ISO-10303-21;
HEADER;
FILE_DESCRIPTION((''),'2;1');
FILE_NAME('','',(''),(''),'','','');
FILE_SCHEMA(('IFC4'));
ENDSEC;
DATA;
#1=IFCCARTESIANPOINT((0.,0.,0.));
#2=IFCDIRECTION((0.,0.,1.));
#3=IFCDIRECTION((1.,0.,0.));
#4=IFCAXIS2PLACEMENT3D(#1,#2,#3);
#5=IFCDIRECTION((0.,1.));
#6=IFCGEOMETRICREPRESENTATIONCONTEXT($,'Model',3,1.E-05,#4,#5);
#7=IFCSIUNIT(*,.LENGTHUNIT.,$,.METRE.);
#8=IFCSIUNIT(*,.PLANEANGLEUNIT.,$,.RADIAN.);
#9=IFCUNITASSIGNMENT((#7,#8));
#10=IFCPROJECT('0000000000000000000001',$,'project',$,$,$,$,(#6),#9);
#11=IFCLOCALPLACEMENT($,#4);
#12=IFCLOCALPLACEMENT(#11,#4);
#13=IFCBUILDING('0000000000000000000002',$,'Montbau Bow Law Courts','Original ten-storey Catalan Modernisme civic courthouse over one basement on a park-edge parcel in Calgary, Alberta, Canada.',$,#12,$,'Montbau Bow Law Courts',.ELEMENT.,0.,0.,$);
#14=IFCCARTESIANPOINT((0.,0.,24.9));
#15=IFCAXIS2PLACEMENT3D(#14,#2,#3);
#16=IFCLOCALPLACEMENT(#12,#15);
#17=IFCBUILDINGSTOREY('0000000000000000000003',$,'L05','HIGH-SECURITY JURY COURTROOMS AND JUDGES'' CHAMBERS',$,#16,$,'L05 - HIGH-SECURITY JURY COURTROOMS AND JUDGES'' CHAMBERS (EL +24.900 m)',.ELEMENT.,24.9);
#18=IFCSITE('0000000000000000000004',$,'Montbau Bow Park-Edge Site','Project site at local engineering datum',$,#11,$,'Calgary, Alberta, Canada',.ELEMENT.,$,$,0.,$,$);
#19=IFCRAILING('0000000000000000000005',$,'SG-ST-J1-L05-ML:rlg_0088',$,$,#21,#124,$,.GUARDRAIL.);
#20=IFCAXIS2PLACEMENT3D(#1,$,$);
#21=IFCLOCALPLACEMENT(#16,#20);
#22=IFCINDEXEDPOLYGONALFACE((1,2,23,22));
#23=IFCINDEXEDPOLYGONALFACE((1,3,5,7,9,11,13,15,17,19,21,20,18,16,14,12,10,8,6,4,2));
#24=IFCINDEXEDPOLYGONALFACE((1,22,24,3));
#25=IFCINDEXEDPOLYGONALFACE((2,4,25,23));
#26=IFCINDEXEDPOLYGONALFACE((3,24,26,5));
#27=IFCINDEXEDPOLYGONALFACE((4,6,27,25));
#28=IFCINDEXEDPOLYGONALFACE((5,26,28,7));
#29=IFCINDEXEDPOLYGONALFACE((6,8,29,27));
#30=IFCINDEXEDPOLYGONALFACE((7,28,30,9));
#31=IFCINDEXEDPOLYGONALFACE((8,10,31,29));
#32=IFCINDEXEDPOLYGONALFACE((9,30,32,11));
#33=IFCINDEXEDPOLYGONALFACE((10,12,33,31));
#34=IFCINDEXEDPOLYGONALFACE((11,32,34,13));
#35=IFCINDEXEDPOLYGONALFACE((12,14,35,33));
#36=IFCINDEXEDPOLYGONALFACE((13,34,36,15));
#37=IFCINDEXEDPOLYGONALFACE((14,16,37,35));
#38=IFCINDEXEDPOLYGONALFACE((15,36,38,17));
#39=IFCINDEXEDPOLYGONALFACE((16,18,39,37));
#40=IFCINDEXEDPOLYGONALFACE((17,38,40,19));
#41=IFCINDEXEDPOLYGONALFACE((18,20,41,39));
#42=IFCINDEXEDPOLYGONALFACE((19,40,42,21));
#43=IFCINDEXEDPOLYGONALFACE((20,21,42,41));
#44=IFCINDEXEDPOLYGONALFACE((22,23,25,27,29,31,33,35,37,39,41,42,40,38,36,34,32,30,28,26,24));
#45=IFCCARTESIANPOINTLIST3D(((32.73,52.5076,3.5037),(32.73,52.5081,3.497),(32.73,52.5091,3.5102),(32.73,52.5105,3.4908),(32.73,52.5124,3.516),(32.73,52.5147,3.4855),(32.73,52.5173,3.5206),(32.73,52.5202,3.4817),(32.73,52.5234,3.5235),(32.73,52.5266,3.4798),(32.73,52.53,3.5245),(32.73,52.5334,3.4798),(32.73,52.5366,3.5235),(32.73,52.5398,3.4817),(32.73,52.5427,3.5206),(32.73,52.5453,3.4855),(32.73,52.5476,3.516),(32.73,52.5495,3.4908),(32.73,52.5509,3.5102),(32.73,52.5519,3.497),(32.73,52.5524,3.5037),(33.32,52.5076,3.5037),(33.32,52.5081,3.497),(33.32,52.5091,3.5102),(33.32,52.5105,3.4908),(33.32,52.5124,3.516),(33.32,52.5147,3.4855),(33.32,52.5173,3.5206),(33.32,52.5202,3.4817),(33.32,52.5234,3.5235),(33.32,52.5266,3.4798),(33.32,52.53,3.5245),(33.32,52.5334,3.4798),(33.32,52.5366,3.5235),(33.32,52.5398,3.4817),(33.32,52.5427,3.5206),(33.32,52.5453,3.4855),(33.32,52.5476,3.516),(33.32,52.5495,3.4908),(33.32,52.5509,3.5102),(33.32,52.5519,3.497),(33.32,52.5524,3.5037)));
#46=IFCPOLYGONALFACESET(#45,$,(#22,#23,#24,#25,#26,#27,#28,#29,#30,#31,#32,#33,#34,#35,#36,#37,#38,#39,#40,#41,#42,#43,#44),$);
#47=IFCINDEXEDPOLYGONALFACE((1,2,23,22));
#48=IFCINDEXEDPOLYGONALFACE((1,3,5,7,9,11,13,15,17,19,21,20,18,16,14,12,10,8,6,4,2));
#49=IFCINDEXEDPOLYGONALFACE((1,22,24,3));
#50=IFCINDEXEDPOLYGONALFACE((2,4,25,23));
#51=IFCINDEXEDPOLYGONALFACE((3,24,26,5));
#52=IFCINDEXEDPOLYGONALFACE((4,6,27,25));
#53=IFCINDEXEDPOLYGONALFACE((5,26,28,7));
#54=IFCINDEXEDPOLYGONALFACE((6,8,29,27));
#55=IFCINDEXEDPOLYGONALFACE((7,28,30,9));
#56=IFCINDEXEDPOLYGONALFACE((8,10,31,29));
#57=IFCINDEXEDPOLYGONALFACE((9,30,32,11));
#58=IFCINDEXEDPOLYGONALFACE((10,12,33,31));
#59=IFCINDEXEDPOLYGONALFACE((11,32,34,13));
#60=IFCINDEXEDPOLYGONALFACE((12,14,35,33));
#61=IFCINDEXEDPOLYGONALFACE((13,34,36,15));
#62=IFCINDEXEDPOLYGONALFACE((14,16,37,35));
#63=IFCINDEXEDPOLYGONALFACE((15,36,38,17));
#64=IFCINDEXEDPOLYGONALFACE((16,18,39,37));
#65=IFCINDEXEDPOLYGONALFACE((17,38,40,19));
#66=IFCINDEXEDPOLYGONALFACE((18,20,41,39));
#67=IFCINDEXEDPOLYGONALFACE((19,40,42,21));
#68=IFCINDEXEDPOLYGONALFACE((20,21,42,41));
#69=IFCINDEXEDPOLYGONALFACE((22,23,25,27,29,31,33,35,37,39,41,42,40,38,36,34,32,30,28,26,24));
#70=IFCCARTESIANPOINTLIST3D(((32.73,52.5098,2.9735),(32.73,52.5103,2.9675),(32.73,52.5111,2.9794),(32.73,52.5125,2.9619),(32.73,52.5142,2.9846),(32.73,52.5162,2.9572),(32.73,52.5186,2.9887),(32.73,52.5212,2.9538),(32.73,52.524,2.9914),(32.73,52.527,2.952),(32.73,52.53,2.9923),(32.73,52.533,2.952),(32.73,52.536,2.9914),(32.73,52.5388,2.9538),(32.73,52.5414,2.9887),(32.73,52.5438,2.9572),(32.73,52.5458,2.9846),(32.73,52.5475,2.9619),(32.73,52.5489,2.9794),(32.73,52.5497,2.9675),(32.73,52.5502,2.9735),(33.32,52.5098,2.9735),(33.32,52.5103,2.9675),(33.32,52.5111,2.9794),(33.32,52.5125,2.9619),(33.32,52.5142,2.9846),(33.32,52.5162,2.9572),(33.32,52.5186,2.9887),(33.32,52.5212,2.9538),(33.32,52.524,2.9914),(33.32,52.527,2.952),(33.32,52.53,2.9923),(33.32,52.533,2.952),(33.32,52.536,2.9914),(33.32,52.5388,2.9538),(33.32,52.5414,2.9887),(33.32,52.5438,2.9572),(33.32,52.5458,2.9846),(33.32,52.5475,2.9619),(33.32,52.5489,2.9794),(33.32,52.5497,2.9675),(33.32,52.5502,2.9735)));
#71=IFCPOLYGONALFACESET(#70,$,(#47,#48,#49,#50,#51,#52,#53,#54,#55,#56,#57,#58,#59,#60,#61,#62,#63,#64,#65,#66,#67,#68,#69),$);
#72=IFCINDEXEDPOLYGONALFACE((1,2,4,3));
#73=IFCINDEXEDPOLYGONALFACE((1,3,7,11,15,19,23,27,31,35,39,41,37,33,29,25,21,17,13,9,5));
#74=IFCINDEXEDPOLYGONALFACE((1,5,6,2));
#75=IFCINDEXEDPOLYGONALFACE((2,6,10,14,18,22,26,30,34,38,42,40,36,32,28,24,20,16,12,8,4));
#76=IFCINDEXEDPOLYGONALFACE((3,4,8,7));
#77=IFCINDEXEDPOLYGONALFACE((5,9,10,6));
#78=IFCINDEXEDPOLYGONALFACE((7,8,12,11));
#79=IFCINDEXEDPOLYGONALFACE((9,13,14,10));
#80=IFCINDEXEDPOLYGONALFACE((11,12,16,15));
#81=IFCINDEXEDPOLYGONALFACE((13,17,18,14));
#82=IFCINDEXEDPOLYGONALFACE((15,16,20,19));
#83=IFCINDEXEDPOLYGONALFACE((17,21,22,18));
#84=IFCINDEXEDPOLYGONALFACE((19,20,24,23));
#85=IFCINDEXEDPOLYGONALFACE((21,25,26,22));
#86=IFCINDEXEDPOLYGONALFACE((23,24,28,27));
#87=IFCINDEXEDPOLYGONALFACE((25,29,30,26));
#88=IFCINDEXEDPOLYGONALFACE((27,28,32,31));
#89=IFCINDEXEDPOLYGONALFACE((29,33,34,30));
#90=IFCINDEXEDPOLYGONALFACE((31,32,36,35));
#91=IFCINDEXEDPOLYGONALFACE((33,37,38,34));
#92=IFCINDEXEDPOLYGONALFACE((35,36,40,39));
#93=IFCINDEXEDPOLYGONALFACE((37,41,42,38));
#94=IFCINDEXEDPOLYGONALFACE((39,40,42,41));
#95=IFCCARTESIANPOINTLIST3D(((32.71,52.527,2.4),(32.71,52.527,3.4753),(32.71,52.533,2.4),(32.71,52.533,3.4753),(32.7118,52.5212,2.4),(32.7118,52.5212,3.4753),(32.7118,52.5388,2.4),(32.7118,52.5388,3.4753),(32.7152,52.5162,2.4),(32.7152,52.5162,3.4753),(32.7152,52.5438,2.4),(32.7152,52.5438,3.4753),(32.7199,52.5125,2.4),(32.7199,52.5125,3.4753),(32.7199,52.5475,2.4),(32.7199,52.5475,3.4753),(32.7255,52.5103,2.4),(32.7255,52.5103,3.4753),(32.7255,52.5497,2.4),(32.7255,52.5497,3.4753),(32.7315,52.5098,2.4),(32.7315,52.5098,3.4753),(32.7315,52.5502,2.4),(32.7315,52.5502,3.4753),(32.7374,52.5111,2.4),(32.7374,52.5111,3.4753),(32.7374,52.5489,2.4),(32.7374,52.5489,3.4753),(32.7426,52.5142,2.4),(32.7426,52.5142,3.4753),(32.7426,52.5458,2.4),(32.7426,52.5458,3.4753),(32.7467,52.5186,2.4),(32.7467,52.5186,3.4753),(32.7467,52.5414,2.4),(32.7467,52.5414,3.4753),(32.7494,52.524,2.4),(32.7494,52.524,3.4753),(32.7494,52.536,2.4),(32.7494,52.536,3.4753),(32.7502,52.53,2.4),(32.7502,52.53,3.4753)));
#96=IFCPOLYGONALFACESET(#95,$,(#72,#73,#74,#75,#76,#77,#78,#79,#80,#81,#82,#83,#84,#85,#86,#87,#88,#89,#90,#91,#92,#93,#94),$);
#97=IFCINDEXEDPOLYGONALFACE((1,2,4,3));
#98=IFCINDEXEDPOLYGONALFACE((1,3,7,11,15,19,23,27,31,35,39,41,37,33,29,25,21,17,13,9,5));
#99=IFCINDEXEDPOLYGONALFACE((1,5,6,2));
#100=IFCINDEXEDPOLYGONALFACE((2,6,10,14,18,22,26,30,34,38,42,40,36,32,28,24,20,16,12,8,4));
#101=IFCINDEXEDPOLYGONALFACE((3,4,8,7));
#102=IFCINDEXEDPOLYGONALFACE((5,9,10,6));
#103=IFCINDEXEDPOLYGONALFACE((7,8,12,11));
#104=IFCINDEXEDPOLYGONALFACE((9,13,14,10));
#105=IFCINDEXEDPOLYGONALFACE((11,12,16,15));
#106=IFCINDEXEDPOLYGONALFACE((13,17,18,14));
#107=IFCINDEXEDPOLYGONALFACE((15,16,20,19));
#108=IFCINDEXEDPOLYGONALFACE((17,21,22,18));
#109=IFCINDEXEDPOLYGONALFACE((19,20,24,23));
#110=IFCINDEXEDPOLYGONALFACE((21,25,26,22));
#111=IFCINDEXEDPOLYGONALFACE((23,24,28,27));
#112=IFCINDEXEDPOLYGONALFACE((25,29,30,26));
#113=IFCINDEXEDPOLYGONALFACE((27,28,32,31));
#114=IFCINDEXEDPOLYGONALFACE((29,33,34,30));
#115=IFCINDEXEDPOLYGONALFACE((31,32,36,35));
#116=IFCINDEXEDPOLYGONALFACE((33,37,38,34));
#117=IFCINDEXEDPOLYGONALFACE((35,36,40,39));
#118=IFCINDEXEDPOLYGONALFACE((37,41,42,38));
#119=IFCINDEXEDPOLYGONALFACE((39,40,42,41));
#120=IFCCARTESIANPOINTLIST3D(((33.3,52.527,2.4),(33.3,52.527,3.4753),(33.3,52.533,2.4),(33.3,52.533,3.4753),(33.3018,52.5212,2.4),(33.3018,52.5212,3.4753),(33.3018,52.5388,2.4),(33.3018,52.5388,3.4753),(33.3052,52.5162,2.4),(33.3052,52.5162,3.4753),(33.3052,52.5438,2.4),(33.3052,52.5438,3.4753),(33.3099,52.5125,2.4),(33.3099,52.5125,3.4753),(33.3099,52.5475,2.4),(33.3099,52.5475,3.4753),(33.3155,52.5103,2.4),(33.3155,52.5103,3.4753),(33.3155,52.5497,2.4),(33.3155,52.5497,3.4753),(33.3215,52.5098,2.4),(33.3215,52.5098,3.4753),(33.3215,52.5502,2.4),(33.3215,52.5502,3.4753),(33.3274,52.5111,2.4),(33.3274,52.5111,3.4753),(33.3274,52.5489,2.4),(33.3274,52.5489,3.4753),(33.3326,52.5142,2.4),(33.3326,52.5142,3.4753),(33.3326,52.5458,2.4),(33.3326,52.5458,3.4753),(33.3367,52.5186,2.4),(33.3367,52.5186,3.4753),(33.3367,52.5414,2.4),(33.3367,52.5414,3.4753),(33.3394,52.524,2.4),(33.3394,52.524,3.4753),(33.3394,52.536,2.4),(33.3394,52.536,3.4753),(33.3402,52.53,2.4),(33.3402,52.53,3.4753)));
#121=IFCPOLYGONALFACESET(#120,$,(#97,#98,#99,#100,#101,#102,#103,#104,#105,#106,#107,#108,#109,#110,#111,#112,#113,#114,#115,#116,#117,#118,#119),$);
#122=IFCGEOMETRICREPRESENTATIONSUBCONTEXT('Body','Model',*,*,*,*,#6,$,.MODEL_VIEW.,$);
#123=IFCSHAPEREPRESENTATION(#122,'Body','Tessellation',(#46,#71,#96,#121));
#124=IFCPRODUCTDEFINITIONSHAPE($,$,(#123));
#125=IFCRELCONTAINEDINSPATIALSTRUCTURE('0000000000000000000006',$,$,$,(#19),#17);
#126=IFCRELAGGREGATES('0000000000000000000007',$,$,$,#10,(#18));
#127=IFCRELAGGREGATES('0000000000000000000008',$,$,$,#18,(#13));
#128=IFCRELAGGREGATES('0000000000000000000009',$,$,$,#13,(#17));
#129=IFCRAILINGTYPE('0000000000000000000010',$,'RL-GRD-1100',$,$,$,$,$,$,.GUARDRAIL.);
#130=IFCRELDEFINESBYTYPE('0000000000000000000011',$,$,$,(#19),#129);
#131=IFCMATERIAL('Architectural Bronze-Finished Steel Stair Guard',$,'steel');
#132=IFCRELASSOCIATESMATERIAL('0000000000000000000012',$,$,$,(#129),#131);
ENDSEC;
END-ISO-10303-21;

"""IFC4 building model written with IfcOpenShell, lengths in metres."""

from ifc_helpers import new_model, si_unit, direction, frame, origin_with_axes, origin_2d_with_axis, place, context, subcontext, project, spatial, circle, extrude, material, type_object, element, save


model = new_model("IFC4")

# Units and contexts
model_context = context("Model", 3, precision=1e-05, world=origin_with_axes(), true_north=direction((0.0, 1.0)))
body_context = subcontext(model_context, "Body", "Model", "MODEL_VIEW")
ifc_project = project(units=[si_unit("LENGTHUNIT", "METRE"), si_unit("PLANEANGLEUNIT", "RADIAN")], contexts=[model_context])

# Site, building, storey
site_placement = place(None, origin_with_axes())
site = spatial("IfcSite", under=ifc_project, at=site_placement, Name="Montbau Bow Park-Edge Site", Description="Project site at local engineering datum", LongName="Calgary, Alberta, Canada", CompositionType="ELEMENT", RefElevation=0.0)
building_placement = place(site_placement, origin_with_axes())
building = spatial("IfcBuilding", under=site, at=building_placement, Name="Montbau Bow Law Courts", Description="Original ten-storey Catalan Modernisme civic courthouse over one basement on a park-edge parcel in Calgary, Alberta, Canada.", LongName="Montbau Bow Law Courts", CompositionType="ELEMENT", ElevationOfRefHeight=0.0, ElevationOfTerrain=0.0)
storey_placement = place(building_placement, frame((0.0, 0.0, 24.9), z_axis=(0.0, 0.0, 1.0), x_axis=(1.0, 0.0, 0.0)))
storey = spatial("IfcBuildingStorey", under=building, at=storey_placement, Name="L05", Description="HIGH-SECURITY JURY COURTROOMS AND JUDGES' CHAMBERS", LongName="L05 - HIGH-SECURITY JURY COURTROOMS AND JUDGES' CHAMBERS (EL +24.900 m)", CompositionType="ELEMENT", Elevation=24.9)

# Railing
ifc_material_1 = material(Name="Architectural Bronze-Finished Steel Stair Guard", Category="steel")
railing_type_1 = type_object("IfcRailingType", Name="RL-GRD-1100", PredefinedType="GUARDRAIL", material=ifc_material_1)
railing_1_placement = place(None, origin_with_axes())
element("IfcRailing", 1, at=railing_1_placement, inside=storey, type_object=railing_type_1, Name="SG-ST-J1-L05-ML:rlg_0088", PredefinedType="GUARDRAIL", context=body_context, shape_type="SweptSolid", body=[
    extrude(circle(Radius=0.0225, at=origin_2d_with_axis()), frame((32.73, 52.53, 28.402), z_axis=(1.0, 0.0, 0.0), x_axis=(0.0, 0.0, 1.0)), (0.0, 0.0, 1.0), 0.59),
    extrude(circle(Radius=0.0203, at=origin_2d_with_axis()), frame((32.73, 52.53, 27.872), z_axis=(1.0, 0.0, 0.0), x_axis=(0.0, 0.0, 1.0)), (0.0, 0.0, 1.0), 0.59),
    extrude(circle(Radius=0.0203, at=origin_2d_with_axis()), frame((32.73, 52.53, 27.3), z_axis=(0.0, 0.0, 1.0), x_axis=(1.0, 0.0, 0.0)), (0.0, 0.0, 1.0), 1.0753),
    extrude(circle(Radius=0.0203, at=origin_2d_with_axis()), frame((33.32, 52.53, 27.3), z_axis=(0.0, 0.0, 1.0), x_axis=(1.0, 0.0, 0.0)), (0.0, 0.0, 1.0), 1.0753),
])

save(model, "model.ifc")
